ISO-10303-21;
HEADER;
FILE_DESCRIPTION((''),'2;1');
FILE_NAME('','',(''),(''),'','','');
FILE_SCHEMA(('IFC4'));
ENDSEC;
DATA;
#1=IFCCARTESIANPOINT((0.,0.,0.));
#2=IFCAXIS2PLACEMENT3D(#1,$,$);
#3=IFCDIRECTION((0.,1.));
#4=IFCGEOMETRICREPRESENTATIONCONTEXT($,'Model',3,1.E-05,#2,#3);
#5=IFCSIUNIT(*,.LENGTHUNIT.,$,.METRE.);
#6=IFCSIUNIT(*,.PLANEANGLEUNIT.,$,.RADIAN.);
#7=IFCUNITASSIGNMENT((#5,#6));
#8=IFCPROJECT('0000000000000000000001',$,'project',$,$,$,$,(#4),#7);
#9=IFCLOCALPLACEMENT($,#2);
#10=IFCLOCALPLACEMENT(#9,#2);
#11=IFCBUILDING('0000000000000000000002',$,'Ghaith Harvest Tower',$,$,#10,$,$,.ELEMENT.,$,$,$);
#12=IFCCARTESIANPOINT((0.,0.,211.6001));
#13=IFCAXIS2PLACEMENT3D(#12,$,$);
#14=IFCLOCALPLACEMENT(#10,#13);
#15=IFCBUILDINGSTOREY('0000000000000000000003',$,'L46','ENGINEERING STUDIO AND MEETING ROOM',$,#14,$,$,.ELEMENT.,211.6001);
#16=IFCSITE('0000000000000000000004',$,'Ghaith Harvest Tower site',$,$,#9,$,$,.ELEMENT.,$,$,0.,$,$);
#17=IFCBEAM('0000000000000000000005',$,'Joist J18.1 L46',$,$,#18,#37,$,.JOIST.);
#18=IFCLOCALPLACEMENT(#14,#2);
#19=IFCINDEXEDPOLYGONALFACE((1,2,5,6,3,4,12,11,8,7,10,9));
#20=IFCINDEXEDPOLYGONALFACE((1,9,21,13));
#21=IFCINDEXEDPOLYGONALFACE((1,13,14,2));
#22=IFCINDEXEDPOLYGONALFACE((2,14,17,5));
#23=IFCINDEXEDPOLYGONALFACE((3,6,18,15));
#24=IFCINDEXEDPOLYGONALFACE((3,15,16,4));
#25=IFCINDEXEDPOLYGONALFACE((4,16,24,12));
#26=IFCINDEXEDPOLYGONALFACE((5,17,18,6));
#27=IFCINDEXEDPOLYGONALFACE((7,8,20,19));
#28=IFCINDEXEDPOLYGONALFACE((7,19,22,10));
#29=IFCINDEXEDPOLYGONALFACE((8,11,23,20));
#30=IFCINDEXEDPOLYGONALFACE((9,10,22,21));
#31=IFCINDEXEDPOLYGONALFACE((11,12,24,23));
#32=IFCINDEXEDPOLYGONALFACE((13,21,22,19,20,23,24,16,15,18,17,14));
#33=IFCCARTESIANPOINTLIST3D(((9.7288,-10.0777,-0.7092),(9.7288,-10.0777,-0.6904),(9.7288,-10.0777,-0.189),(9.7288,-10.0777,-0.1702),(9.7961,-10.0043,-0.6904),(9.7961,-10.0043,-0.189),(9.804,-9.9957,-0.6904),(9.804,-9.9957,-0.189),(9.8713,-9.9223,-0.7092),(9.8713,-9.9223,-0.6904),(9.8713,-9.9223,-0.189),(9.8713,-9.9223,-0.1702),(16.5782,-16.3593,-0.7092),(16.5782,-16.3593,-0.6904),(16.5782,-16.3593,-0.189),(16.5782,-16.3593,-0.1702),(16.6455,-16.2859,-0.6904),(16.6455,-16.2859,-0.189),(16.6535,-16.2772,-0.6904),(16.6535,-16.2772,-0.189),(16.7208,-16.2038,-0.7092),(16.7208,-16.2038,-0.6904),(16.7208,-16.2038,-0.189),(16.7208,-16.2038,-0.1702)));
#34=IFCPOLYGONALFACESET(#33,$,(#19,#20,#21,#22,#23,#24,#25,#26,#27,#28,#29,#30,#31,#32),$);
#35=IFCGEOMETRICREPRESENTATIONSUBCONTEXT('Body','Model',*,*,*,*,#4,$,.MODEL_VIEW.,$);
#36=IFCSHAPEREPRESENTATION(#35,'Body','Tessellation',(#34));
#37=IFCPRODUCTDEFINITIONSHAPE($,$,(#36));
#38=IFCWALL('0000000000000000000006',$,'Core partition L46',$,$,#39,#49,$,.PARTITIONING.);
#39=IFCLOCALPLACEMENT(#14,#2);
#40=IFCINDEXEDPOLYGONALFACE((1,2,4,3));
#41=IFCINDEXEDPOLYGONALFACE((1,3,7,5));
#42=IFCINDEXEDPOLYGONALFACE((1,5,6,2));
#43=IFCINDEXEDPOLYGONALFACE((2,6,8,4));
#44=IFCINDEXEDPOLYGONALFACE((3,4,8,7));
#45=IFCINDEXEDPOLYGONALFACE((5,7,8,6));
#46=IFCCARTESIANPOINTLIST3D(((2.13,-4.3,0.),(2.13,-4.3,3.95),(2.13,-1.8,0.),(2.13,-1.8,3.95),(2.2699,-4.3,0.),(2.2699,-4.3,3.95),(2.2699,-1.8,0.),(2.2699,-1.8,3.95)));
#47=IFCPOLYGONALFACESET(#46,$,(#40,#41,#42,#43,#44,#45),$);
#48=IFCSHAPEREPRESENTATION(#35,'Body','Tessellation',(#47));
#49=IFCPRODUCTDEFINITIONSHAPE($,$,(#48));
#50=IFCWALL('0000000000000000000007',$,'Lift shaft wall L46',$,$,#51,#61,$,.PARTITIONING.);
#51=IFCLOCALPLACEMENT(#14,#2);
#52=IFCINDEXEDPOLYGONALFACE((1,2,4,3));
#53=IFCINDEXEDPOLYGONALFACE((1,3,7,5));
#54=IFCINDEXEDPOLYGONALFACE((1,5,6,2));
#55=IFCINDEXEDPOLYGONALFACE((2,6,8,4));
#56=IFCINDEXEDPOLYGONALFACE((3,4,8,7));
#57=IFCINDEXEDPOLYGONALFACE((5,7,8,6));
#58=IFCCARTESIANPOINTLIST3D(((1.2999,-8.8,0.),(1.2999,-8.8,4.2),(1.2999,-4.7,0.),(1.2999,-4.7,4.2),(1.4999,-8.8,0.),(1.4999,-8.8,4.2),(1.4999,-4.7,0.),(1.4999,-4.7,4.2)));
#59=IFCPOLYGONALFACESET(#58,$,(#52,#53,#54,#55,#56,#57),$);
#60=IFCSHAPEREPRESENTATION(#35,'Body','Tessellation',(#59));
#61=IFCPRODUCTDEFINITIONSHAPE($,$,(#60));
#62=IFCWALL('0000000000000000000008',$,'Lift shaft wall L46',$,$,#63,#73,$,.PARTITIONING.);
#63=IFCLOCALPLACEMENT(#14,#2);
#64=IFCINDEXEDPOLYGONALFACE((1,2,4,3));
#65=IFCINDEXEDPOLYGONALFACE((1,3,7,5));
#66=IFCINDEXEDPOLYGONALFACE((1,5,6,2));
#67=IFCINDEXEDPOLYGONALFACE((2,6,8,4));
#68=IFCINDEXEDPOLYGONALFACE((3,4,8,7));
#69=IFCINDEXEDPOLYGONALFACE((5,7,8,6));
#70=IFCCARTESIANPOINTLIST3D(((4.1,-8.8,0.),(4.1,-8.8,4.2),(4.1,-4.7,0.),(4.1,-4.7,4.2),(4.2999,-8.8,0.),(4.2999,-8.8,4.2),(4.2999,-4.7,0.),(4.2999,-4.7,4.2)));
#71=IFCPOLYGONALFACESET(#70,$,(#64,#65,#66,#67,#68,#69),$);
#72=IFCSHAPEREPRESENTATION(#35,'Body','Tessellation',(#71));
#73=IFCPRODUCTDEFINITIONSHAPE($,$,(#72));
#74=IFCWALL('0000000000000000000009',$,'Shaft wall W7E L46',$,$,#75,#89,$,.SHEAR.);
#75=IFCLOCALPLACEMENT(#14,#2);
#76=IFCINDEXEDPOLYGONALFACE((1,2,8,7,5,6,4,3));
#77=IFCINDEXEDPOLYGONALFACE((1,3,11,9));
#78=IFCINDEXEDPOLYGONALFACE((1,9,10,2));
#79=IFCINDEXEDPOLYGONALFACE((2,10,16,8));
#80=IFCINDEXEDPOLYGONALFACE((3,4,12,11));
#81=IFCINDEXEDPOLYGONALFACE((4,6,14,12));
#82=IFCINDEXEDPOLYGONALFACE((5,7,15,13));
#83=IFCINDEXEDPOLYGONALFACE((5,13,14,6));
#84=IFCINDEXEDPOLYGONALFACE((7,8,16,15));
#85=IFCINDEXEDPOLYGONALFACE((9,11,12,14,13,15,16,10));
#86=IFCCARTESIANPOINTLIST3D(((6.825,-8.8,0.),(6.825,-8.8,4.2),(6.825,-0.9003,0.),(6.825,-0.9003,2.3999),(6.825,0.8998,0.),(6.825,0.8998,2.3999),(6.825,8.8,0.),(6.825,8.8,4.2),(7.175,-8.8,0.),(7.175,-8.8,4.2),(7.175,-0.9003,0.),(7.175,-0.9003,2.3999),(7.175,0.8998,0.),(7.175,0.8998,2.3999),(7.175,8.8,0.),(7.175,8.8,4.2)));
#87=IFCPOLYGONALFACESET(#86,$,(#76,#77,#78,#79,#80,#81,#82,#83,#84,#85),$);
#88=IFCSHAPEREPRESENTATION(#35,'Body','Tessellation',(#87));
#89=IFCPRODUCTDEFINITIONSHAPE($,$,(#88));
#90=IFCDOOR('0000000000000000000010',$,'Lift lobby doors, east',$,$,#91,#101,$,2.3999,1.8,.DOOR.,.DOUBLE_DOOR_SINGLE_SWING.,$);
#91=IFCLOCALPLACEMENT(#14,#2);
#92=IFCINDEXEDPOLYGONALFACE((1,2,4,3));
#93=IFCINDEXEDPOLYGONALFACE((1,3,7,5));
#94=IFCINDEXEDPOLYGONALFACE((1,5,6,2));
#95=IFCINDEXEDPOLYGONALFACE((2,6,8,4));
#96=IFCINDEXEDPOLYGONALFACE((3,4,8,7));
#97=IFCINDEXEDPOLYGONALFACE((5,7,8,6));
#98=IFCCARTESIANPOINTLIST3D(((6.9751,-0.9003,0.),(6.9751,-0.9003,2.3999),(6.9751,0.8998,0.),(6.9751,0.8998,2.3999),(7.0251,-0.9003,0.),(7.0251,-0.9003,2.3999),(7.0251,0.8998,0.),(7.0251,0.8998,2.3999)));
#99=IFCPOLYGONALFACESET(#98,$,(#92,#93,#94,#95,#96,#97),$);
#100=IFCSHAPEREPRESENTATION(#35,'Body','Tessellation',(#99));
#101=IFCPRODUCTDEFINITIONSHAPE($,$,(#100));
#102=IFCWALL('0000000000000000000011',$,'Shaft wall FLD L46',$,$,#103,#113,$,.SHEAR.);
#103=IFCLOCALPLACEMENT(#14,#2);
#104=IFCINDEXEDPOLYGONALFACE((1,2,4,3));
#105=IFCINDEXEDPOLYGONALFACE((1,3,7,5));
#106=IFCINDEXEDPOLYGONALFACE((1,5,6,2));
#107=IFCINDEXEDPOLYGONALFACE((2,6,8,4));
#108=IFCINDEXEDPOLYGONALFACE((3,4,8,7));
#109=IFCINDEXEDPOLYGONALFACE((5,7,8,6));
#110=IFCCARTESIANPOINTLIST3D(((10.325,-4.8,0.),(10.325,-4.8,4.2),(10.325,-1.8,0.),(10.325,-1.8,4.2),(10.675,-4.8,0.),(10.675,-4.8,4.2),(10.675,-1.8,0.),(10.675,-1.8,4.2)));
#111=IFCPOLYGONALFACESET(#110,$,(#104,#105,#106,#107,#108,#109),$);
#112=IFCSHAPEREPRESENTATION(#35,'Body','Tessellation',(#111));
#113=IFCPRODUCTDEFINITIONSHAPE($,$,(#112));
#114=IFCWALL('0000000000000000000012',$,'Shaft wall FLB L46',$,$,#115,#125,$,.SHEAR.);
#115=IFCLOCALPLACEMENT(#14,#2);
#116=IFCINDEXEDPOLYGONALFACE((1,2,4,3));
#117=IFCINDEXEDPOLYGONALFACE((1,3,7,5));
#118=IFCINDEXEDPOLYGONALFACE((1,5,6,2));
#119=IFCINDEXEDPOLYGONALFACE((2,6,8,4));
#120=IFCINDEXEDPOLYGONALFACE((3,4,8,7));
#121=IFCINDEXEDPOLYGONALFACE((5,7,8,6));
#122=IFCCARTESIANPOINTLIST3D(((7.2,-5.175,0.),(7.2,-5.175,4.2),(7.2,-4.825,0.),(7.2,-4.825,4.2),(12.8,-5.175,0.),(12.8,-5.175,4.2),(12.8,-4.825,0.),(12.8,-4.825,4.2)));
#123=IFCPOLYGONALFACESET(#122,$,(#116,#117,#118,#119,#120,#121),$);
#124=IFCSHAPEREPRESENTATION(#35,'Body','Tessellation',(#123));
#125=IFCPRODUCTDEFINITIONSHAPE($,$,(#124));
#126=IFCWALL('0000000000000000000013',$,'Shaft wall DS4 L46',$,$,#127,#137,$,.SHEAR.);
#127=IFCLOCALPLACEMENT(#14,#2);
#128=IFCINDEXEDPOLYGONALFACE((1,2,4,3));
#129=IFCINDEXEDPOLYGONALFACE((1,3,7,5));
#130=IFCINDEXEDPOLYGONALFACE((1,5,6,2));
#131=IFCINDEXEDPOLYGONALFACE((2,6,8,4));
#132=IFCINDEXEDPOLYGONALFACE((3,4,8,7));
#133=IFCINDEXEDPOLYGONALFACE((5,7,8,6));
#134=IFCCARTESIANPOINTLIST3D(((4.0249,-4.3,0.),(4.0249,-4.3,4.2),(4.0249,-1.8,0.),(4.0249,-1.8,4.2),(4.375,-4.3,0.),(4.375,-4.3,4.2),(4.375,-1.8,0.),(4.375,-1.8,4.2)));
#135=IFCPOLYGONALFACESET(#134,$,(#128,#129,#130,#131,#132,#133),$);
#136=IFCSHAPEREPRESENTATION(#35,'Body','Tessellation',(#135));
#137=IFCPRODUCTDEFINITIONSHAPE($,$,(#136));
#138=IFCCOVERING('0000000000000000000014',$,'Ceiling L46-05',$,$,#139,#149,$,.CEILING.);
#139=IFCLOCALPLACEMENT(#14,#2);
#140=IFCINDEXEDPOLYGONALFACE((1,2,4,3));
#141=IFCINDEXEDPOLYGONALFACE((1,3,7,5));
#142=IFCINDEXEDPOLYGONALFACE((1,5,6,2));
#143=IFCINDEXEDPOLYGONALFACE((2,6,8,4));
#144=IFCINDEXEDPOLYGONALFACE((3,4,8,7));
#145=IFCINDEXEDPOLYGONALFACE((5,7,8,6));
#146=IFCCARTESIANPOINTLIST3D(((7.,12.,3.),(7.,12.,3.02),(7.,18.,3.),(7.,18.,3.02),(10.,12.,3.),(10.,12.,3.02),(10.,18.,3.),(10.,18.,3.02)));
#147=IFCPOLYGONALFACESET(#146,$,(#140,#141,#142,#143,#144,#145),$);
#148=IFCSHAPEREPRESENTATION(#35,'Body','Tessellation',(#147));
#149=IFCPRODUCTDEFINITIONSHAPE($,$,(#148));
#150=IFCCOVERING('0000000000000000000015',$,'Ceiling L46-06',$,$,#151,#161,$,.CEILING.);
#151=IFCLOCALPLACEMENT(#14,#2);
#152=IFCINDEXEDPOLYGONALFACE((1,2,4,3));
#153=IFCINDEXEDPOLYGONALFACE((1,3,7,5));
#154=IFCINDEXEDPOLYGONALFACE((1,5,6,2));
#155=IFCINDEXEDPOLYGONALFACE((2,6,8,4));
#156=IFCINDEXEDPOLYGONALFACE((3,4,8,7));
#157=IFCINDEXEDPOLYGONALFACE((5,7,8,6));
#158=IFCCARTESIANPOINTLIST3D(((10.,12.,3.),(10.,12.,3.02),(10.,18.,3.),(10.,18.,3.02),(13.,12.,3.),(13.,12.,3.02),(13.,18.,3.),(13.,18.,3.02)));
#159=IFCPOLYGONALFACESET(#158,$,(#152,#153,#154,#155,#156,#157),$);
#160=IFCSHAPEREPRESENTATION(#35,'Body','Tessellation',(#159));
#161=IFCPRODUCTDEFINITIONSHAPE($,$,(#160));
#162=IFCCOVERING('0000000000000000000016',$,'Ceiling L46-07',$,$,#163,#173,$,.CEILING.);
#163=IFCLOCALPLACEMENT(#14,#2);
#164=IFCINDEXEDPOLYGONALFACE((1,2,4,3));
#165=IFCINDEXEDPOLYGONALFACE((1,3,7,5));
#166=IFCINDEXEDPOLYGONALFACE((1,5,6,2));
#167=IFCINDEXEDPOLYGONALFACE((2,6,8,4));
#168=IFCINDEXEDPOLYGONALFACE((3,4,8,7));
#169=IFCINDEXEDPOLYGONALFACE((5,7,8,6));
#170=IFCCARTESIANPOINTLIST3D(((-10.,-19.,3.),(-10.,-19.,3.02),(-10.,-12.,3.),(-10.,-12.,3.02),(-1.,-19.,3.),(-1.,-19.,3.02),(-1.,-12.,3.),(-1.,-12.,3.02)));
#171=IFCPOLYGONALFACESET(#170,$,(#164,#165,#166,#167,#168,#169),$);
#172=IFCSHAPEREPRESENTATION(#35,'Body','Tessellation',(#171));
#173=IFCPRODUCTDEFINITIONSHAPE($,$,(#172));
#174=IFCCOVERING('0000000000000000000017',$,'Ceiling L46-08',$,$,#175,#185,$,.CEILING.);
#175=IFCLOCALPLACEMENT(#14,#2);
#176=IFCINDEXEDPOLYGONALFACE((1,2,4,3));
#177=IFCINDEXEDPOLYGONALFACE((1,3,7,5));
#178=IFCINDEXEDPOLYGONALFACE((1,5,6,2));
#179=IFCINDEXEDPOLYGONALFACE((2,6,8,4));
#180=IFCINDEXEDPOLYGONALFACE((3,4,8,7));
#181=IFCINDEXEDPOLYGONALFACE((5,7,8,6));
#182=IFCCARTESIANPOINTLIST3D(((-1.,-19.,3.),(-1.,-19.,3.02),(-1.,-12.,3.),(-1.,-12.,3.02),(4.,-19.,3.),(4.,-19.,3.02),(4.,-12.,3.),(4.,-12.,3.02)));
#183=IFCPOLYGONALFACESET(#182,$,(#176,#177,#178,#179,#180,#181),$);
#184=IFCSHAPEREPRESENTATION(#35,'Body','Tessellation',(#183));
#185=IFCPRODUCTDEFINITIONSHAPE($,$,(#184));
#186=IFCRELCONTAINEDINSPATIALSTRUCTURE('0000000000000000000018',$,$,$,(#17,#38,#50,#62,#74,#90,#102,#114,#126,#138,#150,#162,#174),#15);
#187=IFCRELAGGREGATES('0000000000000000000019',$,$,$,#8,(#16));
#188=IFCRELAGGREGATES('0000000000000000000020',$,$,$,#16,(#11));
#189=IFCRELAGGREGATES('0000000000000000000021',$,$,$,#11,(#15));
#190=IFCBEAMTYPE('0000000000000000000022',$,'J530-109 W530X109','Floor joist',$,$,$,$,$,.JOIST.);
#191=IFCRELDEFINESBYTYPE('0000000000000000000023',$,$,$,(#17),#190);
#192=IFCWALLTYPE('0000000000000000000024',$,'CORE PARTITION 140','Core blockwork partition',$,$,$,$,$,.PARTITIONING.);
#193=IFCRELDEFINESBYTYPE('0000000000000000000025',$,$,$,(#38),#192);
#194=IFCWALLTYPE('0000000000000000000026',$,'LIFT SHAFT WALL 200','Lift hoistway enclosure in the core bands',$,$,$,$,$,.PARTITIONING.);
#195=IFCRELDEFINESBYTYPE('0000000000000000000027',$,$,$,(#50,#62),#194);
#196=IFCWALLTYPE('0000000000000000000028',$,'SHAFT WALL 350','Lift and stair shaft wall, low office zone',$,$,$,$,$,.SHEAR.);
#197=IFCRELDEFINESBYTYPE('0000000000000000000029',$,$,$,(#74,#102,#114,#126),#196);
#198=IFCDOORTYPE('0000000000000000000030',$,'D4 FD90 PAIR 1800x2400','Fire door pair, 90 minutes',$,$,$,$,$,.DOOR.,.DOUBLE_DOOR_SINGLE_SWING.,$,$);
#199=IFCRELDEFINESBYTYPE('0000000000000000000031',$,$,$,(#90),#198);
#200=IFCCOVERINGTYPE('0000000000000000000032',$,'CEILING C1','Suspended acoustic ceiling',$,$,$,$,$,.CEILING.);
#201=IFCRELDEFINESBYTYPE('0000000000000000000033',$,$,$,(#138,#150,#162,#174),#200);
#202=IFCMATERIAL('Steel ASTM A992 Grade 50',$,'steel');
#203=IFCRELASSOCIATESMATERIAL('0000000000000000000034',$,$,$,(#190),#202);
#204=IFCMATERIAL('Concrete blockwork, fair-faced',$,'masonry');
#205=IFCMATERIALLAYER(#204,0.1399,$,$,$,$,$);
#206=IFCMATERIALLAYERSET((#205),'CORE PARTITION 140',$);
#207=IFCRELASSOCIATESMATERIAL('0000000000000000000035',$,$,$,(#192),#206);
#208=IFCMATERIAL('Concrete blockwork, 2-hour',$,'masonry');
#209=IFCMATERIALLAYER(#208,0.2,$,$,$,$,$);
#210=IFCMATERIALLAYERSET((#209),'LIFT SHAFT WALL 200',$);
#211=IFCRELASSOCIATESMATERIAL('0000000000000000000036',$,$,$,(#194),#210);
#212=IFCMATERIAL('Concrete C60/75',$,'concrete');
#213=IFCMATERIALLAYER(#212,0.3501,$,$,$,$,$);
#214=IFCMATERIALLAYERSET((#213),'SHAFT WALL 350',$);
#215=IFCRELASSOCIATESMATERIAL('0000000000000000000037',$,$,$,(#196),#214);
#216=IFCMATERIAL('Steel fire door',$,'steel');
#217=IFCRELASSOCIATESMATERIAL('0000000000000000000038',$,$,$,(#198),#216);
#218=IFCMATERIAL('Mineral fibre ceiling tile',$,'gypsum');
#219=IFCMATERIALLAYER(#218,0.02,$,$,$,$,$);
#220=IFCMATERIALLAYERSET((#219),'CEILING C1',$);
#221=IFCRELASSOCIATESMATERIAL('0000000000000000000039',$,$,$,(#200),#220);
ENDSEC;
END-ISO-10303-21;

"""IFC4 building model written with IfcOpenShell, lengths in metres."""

from ifc_helpers import new_model, si_unit, direction, frame, frame_2d, origin, origin_2d, place, context, subcontext, project, spatial, polyline, rectangle, i_section, outline, extrude, material, layer, layer_set, material_profile, profile_set, type_object, element, fill, save


model = new_model("IFC4")

# Units and contexts
model_context = context("Model", 3, precision=1e-05, world=origin(), true_north=direction((0.0, 1.0)))
body_context = subcontext(model_context, "Body", "Model", "MODEL_VIEW")
ifc_project = project(units=[si_unit("LENGTHUNIT", "METRE"), si_unit("PLANEANGLEUNIT", "RADIAN")], contexts=[model_context])

# Site, building, storey
site_placement = place(None, origin())
site = spatial("IfcSite", under=ifc_project, at=site_placement, Name="Ghaith Harvest Tower site", CompositionType="ELEMENT", RefElevation=0.0)
building_placement = place(site_placement, origin())
building = spatial("IfcBuilding", under=site, at=building_placement, Name="Ghaith Harvest Tower", CompositionType="ELEMENT")
storey_placement = place(building_placement, frame((0.0, 0.0, 211.6001)))
storey = spatial("IfcBuildingStorey", under=building, at=storey_placement, Name="L46", Description="ENGINEERING STUDIO AND MEETING ROOM", CompositionType="ELEMENT", Elevation=211.6001)

# Beam
ifc_material_1 = material(Name="Steel ASTM A992 Grade 50", Category="steel")
ifc_material_profile = material_profile(ifc_material_1, i_section(OverallWidth=0.2109, OverallDepth=0.5391, WebThickness=0.0117, FlangeThickness=0.0188, at=origin_2d()), Name="W530X109")
ifc_profile_set = profile_set([ifc_material_profile], Name="Steel ASTM A992 Grade 50")
beam_type = type_object("IfcBeamType", Name="J530-109 W530X109", Description="Floor joist", PredefinedType="JOIST", material=ifc_profile_set)
beam_placement = place(storey_placement, frame((9.8, -10.0, -0.4397), z_axis=(0.736998, -0.675895, 0.0), x_axis=(0.675895, 0.736998, 0.0)))
element("IfcBeam", 1, at=beam_placement, inside=storey, type_object=beam_type, Name="Joist J18.1 L46", PredefinedType="JOIST", context=body_context, shape_type="SweptSolid", body=[
    extrude(i_section(OverallWidth=0.2109, OverallDepth=0.5391, WebThickness=0.0117, FlangeThickness=0.0188, at=origin_2d()), origin(), (0.0, 0.0, 1.0), 9.2937),
])

# Walls
ifc_material_2 = material(Name="Concrete blockwork, fair-faced", Category="masonry")
ifc_layer_1 = layer(ifc_material_2, 0.1399)
ifc_layer_set_1 = layer_set([ifc_layer_1], Name="CORE PARTITION 140")
wall_type_1 = type_object("IfcWallType", Name="CORE PARTITION 140", Description="Core blockwork partition", PredefinedType="PARTITIONING", material=ifc_layer_set_1)
wall_1_placement = place(storey_placement, frame((2.2, -1.8, 0.0), z_axis=(0.0, 0.0, 1.0), x_axis=(0.0, -1.0, 0.0)))
element("IfcWall", 2, at=wall_1_placement, inside=storey, type_object=wall_type_1, Name="Core partition L46", PredefinedType="PARTITIONING", context=body_context, shape_type="SweptSolid", body=[
    extrude(rectangle(XDim=2.5, YDim=0.1399, at=frame_2d((1.25, 0.0))), origin(), (0.0, 0.0, 1.0), 3.95),
])
ifc_material_3 = material(Name="Concrete blockwork, 2-hour", Category="masonry")
ifc_layer_2 = layer(ifc_material_3, 0.2)
ifc_layer_set_2 = layer_set([ifc_layer_2], Name="LIFT SHAFT WALL 200")
wall_type_2 = type_object("IfcWallType", Name="LIFT SHAFT WALL 200", Description="Lift hoistway enclosure in the core bands", PredefinedType="PARTITIONING", material=ifc_layer_set_2)
for number, where, z_axis, x_axis, name in (
    (3, (1.3999, -4.7, 0.0), (0.0, 0.0, 1.0), (0.0, -1.0, 0.0), "Lift shaft wall L46"),
    (4, (4.2, -4.7, 0.0), (0.0, 0.0, 1.0), (0.0, -1.0, 0.0), "Lift shaft wall L46"),
):
    element("IfcWall", number, at=place(storey_placement, frame(where, z_axis=z_axis, x_axis=x_axis)), inside=storey, type_object=wall_type_2, Name=name, PredefinedType="PARTITIONING", context=body_context, shape_type="SweptSolid", body=[
        extrude(rectangle(XDim=4.1001, YDim=0.2, at=frame_2d((2.05, 0.0))), origin(), (0.0, 0.0, 1.0), 4.2),
    ])

# Wall, opening, door
ifc_material_4 = material(Name="Concrete C60/75", Category="concrete")
ifc_layer_3 = layer(ifc_material_4, 0.3501)
ifc_layer_set_3 = layer_set([ifc_layer_3], Name="SHAFT WALL 350")
wall_type_3 = type_object("IfcWallType", Name="SHAFT WALL 350", Description="Lift and stair shaft wall, low office zone", PredefinedType="SHEAR", material=ifc_layer_set_3)
wall_2_placement = place(storey_placement, frame((7.0, -8.8, 0.0), z_axis=(0.0, 0.0, 1.0), x_axis=(0.0, 1.0, 0.0)))
wall_2 = element("IfcWall", 5, at=wall_2_placement, inside=storey, type_object=wall_type_3, Name="Shaft wall W7E L46", PredefinedType="SHEAR", context=body_context, shape_type="SweptSolid", body=[
    extrude(rectangle(XDim=17.6001, YDim=0.3501, at=frame_2d((8.8, 0.0))), origin(), (0.0, 0.0, 1.0), 4.2),
])
opening_1_placement = place(wall_2_placement, frame((7.8999, 0.0, 0.0)))
opening_1 = element("IfcOpeningElement", 6, at=opening_1_placement, cuts=wall_2, PredefinedType="OPENING", context=body_context, shape_type="SweptSolid", body=[
    extrude(rectangle(XDim=1.8, YDim=2.3999, at=frame_2d((0.8999, 1.2))), frame((0.0, 0.1851, 0.0), z_axis=(0.0, -1.0, 0.0), x_axis=(1.0, 0.0, 0.0)), (0.0, 0.0, 1.0), 0.3701),
])
ifc_material_5 = material(Name="Steel fire door", Category="steel")
door_type_1 = type_object("IfcDoorType", Name="D4 FD90 PAIR 1800x2400", Description="Fire door pair, 90 minutes", OperationType="DOUBLE_DOOR_SINGLE_SWING", PredefinedType="DOOR", material=ifc_material_5)
door_1_placement = place(opening_1_placement, origin())
door_1 = element("IfcDoor", 7, at=door_1_placement, inside=storey, type_object=door_type_1, Name="Lift lobby doors, east", OperationType="DOUBLE_DOOR_SINGLE_SWING", OverallHeight=2.3999, OverallWidth=1.8, PredefinedType="DOOR", context=body_context, shape_type="SweptSolid", body=[
    extrude(rectangle(XDim=1.8, YDim=2.3999, at=frame_2d((0.8999, 1.2))), frame((0.0, 0.0249, 0.0), z_axis=(0.0, -1.0, 0.0), x_axis=(1.0, 0.0, 0.0)), (0.0, 0.0, 1.0), 0.05),
])
fill(opening_1, door_1)

# Walls
wall_3_placement = place(storey_placement, frame((10.5, -4.8, 0.0), z_axis=(0.0, 0.0, 1.0), x_axis=(0.0, 1.0, 0.0)))
element("IfcWall", 8, at=wall_3_placement, inside=storey, type_object=wall_type_3, Name="Shaft wall FLD L46", PredefinedType="SHEAR", context=body_context, shape_type="SweptSolid", body=[
    extrude(rectangle(XDim=3.0, YDim=0.3501, at=frame_2d((1.5, 0.0))), origin(), (0.0, 0.0, 1.0), 4.2),
])
wall_4_placement = place(storey_placement, frame((7.2, -5.0, 0.0), z_axis=(0.0, 0.0, 1.0), x_axis=(1.0, 0.0, 0.0)))
element("IfcWall", 9, at=wall_4_placement, inside=storey, type_object=wall_type_3, Name="Shaft wall FLB L46", PredefinedType="SHEAR", context=body_context, shape_type="SweptSolid", body=[
    extrude(rectangle(XDim=5.6001, YDim=0.3501, at=frame_2d((2.8, 0.0))), origin(), (0.0, 0.0, 1.0), 4.2),
])
wall_5_placement = place(storey_placement, frame((4.2, -4.3, 0.0), z_axis=(0.0, 0.0, 1.0), x_axis=(0.0, 1.0, 0.0)))
element("IfcWall", 10, at=wall_5_placement, inside=storey, type_object=wall_type_3, Name="Shaft wall DS4 L46", PredefinedType="SHEAR", context=body_context, shape_type="SweptSolid", body=[
    extrude(rectangle(XDim=2.5, YDim=0.3501, at=frame_2d((1.25, 0.0))), origin(), (0.0, 0.0, 1.0), 4.2),
])

# Coverings
ifc_material_6 = material(Name="Mineral fibre ceiling tile", Category="gypsum")
ifc_layer_4 = layer(ifc_material_6, 0.02)
ifc_layer_set_4 = layer_set([ifc_layer_4], Name="CEILING C1")
covering_type = type_object("IfcCoveringType", Name="CEILING C1", Description="Suspended acoustic ceiling", PredefinedType="CEILING", material=ifc_layer_set_4)
covering_1_placement = place(storey_placement, frame((0.0, 0.0, 3.0)))
element("IfcCovering", 11, at=covering_1_placement, inside=storey, type_object=covering_type, Name="Ceiling L46-05", PredefinedType="CEILING", context=body_context, shape_type="SweptSolid", body=[
    extrude(outline(polyline([(7.0, 12.0), (10.0, 12.0), (10.0, 18.0), (7.0, 18.0), (7.0, 12.0)])), origin(), (0.0, 0.0, 1.0), 0.02),
])
covering_2_placement = place(storey_placement, frame((0.0, 0.0, 3.0)))
element("IfcCovering", 12, at=covering_2_placement, inside=storey, type_object=covering_type, Name="Ceiling L46-06", PredefinedType="CEILING", context=body_context, shape_type="SweptSolid", body=[
    extrude(outline(polyline([(10.0, 12.0), (13.0, 12.0), (13.0, 18.0), (10.0, 18.0), (10.0, 12.0)])), origin(), (0.0, 0.0, 1.0), 0.02),
])
covering_3_placement = place(storey_placement, frame((0.0, 0.0, 3.0)))
element("IfcCovering", 13, at=covering_3_placement, inside=storey, type_object=covering_type, Name="Ceiling L46-07", PredefinedType="CEILING", context=body_context, shape_type="SweptSolid", body=[
    extrude(outline(polyline([(-10.0, -19.0), (-1.0, -19.0), (-1.0, -12.0), (-10.0, -12.0), (-10.0, -19.0)])), origin(), (0.0, 0.0, 1.0), 0.02),
])
covering_4_placement = place(storey_placement, frame((0.0, 0.0, 3.0)))
element("IfcCovering", 14, at=covering_4_placement, inside=storey, type_object=covering_type, Name="Ceiling L46-08", PredefinedType="CEILING", context=body_context, shape_type="SweptSolid", body=[
    extrude(outline(polyline([(-1.0, -19.0), (4.0, -19.0), (4.0, -12.0), (-1.0, -12.0), (-1.0, -19.0)])), origin(), (0.0, 0.0, 1.0), 0.02),
])

save(model, "model.ifc")
